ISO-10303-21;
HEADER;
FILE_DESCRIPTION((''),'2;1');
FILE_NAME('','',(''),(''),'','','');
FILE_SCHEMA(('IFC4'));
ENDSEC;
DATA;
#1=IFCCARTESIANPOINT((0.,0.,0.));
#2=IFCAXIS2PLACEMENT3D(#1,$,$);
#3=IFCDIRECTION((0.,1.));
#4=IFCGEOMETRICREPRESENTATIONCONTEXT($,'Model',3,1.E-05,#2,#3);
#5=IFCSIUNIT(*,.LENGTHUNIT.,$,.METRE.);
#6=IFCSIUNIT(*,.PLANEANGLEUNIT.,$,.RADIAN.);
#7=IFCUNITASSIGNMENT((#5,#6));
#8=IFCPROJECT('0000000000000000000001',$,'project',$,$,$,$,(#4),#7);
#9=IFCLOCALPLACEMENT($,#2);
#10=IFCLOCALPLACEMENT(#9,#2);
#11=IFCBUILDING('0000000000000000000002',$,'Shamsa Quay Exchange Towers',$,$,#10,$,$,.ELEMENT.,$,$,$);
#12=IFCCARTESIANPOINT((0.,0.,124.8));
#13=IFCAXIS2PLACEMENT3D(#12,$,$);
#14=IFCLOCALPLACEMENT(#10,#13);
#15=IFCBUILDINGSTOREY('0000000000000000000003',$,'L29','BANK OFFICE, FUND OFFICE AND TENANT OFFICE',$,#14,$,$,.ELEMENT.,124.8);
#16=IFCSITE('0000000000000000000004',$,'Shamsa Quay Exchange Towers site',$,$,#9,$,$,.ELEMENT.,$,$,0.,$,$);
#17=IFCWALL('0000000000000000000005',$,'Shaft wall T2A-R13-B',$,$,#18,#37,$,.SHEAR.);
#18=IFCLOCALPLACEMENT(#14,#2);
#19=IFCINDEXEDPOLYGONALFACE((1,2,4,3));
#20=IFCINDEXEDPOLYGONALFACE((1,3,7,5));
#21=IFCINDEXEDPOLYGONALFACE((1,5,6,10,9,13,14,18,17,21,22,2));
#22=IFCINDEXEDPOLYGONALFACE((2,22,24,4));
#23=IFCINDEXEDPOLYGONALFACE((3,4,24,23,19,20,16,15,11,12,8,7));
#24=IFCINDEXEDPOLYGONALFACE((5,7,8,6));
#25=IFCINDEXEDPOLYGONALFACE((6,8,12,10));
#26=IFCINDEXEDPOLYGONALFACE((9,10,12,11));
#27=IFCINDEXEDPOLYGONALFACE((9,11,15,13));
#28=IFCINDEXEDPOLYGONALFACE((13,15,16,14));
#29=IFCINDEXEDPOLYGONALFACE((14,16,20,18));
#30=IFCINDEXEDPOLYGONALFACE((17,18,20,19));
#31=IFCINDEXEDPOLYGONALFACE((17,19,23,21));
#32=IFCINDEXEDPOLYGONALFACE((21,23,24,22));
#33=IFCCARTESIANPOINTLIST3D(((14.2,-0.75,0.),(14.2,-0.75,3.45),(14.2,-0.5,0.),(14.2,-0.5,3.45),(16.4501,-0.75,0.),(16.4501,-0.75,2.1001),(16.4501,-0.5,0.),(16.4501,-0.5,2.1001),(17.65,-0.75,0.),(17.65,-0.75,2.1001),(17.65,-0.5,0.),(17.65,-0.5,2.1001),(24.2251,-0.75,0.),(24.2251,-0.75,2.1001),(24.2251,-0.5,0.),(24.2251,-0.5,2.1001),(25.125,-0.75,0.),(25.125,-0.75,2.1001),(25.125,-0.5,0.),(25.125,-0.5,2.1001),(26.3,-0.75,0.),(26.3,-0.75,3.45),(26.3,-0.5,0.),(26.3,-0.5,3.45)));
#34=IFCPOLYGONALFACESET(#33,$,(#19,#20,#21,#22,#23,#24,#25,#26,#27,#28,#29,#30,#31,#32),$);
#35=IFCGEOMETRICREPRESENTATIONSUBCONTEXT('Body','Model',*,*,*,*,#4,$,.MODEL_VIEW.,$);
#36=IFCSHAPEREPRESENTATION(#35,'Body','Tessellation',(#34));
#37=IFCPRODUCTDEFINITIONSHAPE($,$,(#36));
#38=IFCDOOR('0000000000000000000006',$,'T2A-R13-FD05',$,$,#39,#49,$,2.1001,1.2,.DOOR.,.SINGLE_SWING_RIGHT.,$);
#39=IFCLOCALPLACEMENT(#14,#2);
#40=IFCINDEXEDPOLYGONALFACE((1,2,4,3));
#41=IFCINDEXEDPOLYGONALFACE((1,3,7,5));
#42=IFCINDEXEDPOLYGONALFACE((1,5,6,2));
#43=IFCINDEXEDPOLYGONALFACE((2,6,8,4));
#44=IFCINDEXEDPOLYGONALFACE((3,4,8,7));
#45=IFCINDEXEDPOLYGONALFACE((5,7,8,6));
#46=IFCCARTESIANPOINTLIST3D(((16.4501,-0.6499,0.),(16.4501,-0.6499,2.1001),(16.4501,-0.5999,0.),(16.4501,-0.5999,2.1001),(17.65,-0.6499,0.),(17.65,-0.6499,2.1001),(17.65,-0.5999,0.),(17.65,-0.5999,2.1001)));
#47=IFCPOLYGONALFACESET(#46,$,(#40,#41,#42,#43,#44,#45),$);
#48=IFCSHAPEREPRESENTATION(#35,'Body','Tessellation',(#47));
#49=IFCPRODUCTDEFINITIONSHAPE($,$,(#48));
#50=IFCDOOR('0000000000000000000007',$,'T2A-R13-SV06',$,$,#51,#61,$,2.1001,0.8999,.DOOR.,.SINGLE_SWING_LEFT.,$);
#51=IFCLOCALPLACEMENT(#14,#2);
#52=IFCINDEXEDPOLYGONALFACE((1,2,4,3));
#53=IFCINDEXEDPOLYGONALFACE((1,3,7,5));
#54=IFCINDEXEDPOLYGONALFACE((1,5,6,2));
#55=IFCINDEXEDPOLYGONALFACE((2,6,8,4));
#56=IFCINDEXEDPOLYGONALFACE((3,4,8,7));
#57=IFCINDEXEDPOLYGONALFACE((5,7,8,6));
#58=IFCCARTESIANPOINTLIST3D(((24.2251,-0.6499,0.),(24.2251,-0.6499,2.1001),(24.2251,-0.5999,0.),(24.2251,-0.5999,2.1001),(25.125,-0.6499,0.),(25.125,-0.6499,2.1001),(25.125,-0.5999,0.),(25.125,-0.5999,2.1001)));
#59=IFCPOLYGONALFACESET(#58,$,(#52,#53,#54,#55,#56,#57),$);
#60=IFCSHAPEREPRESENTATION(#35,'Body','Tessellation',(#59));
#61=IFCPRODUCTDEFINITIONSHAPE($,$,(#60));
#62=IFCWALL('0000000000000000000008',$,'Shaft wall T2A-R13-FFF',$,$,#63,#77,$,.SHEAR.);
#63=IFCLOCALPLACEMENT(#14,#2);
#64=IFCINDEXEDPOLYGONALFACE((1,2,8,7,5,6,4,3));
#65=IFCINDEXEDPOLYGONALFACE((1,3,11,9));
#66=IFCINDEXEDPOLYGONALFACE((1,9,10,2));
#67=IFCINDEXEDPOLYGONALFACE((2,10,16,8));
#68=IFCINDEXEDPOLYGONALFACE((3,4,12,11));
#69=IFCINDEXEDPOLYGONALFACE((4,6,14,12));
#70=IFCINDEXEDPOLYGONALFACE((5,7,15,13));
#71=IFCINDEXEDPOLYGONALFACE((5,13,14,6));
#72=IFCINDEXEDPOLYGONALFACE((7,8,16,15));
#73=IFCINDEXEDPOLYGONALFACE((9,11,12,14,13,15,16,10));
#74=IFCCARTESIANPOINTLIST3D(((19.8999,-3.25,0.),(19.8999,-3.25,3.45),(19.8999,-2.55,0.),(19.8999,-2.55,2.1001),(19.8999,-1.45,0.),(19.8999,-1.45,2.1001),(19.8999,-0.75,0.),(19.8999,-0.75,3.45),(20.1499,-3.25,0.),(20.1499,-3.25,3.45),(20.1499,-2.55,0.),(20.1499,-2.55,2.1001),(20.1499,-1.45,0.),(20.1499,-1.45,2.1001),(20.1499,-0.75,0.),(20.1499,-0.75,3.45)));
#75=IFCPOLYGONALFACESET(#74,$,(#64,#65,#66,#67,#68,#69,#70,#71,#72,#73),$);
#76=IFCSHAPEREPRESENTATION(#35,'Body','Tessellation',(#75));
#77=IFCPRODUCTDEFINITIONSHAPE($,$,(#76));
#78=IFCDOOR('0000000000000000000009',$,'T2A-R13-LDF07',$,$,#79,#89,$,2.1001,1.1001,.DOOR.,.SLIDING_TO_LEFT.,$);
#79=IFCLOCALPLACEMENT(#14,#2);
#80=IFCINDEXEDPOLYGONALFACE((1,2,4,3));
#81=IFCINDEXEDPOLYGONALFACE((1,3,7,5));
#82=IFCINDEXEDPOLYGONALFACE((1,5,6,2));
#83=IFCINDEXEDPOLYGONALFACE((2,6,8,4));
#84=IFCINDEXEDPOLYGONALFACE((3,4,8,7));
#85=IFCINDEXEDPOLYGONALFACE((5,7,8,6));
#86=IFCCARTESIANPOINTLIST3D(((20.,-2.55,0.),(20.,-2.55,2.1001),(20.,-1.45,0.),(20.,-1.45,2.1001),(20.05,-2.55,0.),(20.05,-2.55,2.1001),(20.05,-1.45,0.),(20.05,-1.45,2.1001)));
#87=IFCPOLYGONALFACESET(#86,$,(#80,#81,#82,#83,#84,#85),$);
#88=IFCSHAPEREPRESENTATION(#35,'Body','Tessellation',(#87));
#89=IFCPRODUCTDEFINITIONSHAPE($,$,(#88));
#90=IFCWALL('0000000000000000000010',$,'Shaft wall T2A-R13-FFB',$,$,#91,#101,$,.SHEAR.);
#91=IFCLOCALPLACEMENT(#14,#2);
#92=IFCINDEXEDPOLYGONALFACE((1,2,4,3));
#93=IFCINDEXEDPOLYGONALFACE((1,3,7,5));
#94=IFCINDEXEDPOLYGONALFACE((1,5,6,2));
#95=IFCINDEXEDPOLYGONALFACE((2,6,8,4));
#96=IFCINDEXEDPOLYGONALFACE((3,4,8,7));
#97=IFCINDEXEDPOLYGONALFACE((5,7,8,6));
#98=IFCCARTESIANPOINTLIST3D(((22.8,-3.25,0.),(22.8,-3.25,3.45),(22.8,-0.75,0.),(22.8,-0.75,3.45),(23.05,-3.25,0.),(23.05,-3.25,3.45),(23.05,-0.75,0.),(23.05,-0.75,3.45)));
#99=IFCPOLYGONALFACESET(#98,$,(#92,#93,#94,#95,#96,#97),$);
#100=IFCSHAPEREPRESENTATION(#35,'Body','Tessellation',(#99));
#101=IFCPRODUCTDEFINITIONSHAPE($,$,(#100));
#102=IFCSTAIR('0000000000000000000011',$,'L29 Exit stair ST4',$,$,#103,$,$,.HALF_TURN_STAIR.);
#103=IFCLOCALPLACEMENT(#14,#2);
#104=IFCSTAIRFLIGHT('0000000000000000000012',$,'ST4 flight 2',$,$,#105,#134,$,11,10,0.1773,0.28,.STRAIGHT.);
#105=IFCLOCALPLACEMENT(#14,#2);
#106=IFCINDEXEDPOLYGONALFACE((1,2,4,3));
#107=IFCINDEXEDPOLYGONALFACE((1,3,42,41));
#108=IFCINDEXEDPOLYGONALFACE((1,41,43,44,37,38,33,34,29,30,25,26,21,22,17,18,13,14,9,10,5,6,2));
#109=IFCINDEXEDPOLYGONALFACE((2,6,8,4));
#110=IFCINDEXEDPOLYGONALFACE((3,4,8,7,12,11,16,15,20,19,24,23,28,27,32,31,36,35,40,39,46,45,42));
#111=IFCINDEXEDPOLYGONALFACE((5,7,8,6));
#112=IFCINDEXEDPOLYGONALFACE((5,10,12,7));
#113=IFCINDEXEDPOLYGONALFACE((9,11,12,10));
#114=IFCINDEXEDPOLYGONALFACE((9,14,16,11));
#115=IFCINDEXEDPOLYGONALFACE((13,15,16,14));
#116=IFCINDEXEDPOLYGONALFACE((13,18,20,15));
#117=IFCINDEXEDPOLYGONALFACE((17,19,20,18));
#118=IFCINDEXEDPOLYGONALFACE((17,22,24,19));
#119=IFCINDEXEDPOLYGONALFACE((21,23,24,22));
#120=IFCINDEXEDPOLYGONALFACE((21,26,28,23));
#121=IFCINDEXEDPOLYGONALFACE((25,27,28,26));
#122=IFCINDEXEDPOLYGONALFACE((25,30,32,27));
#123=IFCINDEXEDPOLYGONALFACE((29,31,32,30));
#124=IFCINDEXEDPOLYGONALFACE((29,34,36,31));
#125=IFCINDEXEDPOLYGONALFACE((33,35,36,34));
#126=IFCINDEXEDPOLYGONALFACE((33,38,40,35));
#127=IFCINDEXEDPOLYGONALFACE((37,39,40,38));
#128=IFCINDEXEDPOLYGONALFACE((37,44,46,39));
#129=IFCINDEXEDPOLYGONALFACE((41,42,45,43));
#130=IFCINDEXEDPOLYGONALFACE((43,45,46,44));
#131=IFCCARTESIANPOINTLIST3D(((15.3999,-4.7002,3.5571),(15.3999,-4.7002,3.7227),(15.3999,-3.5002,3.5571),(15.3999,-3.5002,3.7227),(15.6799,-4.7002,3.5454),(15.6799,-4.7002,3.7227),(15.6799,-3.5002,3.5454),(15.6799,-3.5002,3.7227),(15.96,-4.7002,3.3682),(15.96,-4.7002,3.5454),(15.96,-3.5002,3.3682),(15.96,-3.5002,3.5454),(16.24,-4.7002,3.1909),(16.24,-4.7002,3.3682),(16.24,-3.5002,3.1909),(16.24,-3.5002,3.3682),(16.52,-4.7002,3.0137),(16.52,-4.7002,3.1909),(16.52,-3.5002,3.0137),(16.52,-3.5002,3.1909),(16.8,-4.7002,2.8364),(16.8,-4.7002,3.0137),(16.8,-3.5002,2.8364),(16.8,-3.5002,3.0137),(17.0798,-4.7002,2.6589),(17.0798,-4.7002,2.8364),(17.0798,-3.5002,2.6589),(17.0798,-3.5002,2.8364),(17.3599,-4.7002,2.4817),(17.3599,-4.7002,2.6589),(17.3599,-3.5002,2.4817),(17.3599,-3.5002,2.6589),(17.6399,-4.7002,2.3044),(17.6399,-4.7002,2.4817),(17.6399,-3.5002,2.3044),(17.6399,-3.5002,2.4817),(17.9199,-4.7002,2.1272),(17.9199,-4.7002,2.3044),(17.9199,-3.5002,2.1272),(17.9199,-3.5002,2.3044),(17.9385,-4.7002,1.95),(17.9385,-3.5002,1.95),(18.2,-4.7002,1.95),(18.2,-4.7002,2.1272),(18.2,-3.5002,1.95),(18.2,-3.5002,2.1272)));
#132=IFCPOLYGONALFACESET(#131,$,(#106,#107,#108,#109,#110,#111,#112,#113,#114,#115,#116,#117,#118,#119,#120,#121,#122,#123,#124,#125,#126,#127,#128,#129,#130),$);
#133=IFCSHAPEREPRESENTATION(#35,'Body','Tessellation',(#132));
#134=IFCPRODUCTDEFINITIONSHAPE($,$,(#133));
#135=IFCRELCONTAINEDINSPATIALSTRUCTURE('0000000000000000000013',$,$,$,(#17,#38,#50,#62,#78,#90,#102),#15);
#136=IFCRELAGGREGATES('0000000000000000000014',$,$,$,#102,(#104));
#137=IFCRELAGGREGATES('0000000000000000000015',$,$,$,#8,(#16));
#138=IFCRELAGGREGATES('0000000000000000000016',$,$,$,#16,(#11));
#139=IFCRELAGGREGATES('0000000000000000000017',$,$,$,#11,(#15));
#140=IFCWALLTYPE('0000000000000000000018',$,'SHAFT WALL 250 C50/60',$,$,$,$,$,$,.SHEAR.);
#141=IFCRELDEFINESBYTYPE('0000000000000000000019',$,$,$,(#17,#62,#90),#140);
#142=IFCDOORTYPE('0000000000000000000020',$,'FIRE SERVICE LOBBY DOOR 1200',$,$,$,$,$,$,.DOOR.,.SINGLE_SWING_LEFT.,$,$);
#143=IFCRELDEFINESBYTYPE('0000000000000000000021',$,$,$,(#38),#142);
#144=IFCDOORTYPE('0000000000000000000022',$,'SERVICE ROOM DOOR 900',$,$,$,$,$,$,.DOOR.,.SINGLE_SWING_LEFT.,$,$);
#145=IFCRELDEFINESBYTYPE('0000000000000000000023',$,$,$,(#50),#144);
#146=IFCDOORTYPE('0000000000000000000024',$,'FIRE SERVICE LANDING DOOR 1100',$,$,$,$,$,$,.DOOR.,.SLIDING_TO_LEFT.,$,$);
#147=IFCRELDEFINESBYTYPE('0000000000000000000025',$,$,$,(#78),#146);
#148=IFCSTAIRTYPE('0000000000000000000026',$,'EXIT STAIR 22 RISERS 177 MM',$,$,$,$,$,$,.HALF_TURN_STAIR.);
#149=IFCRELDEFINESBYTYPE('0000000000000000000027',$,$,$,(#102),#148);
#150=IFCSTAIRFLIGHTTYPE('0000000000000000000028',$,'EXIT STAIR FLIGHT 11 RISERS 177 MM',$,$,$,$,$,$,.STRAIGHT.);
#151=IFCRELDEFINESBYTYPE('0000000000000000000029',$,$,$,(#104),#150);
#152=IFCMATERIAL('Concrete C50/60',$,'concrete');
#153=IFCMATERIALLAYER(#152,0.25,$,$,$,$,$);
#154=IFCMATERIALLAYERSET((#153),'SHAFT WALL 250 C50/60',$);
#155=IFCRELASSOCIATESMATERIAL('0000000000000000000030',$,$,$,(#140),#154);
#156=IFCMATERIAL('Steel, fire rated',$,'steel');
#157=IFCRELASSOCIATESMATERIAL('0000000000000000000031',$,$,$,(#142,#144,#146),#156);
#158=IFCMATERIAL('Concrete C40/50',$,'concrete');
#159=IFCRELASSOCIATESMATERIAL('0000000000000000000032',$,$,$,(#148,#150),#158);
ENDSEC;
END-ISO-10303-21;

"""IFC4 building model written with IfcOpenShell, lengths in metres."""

from ifc_helpers import new_model, si_unit, direction, frame, frame_2d, origin, place, context, subcontext, project, spatial, polyline, rectangle, outline, extrude, material, layer, layer_set, type_object, element, fill, aggregate, save


model = new_model("IFC4")

# Units and contexts
model_context = context("Model", 3, precision=1e-05, world=origin(), true_north=direction((0.0, 1.0)))
body_context = subcontext(model_context, "Body", "Model", "MODEL_VIEW")
ifc_project = project(units=[si_unit("LENGTHUNIT", "METRE"), si_unit("PLANEANGLEUNIT", "RADIAN")], contexts=[model_context])

# Site, building, storey
site_placement = place(None, origin())
site = spatial("IfcSite", under=ifc_project, at=site_placement, Name="Shamsa Quay Exchange Towers site", CompositionType="ELEMENT", RefElevation=0.0)
building_placement = place(site_placement, origin())
building = spatial("IfcBuilding", under=site, at=building_placement, Name="Shamsa Quay Exchange Towers", CompositionType="ELEMENT")
storey_placement = place(building_placement, frame((0.0, 0.0, 124.8)))
storey = spatial("IfcBuildingStorey", under=building, at=storey_placement, Name="L29", Description="BANK OFFICE, FUND OFFICE AND TENANT OFFICE", CompositionType="ELEMENT", Elevation=124.8)

# Shared definitions
ifc_material_1 = material(Name="Concrete C50/60", Category="concrete")
ifc_layer_1 = layer(ifc_material_1, 0.25)
ifc_layer_set_1 = layer_set([ifc_layer_1], Name="SHAFT WALL 250 C50/60")
wall_type_1 = type_object("IfcWallType", Name="SHAFT WALL 250 C50/60", PredefinedType="SHEAR", material=ifc_layer_set_1)
ifc_material_2 = material(Name="Steel, fire rated", Category="steel")

# Wall, openings, doors
wall_1_placement = place(storey_placement, frame((26.3, -0.625, 0.0), z_axis=(0.0, 0.0, 1.0), x_axis=(-1.0, 0.0, 0.0)))
wall_1 = element("IfcWall", 1, at=wall_1_placement, inside=storey, type_object=wall_type_1, Name="Shaft wall T2A-R13-B", PredefinedType="SHEAR", context=body_context, shape_type="SweptSolid", body=[
    extrude(rectangle(XDim=12.1001, YDim=0.25, at=frame_2d((6.05, 0.0))), origin(), (0.0, 0.0, 1.0), 3.45),
])
opening_1_placement = place(wall_1_placement, frame((8.6499, 0.0, 0.0)))
opening_1 = element("IfcOpeningElement", 2, at=opening_1_placement, cuts=wall_1, PredefinedType="OPENING", context=body_context, shape_type="SweptSolid", body=[
    extrude(rectangle(XDim=1.2, YDim=2.1001, at=frame_2d((0.6001, 1.05))), frame((0.0, 0.135, 0.0), z_axis=(0.0, -1.0, 0.0), x_axis=(1.0, 0.0, 0.0)), (0.0, 0.0, 1.0), 0.27),
])
opening_2_placement = place(wall_1_placement, frame((1.175, 0.0, 0.0)))
opening_2 = element("IfcOpeningElement", 3, at=opening_2_placement, cuts=wall_1, PredefinedType="OPENING", context=body_context, shape_type="SweptSolid", body=[
    extrude(rectangle(XDim=0.8999, YDim=2.1001, at=frame_2d((0.45, 1.05))), frame((0.0, 0.135, 0.0), z_axis=(0.0, -1.0, 0.0), x_axis=(1.0, 0.0, 0.0)), (0.0, 0.0, 1.0), 0.27),
])
door_type_1 = type_object("IfcDoorType", Name="FIRE SERVICE LOBBY DOOR 1200", OperationType="SINGLE_SWING_LEFT", PredefinedType="DOOR", material=ifc_material_2)
door_1_placement = place(opening_1_placement, origin())
door_1 = element("IfcDoor", 4, at=door_1_placement, inside=storey, type_object=door_type_1, Name="T2A-R13-FD05", OperationType="SINGLE_SWING_RIGHT", OverallHeight=2.1001, OverallWidth=1.2, PredefinedType="DOOR", context=body_context, shape_type="SweptSolid", body=[
    extrude(rectangle(XDim=1.2, YDim=2.1001, at=frame_2d((0.6001, 1.05))), frame((0.0, 0.0249, 0.0), z_axis=(0.0, -1.0, 0.0), x_axis=(1.0, 0.0, 0.0)), (0.0, 0.0, 1.0), 0.05),
])
fill(opening_1, door_1)
door_type_2 = type_object("IfcDoorType", Name="SERVICE ROOM DOOR 900", OperationType="SINGLE_SWING_LEFT", PredefinedType="DOOR", material=ifc_material_2)
door_2_placement = place(opening_2_placement, origin())
door_2 = element("IfcDoor", 5, at=door_2_placement, inside=storey, type_object=door_type_2, Name="T2A-R13-SV06", OperationType="SINGLE_SWING_LEFT", OverallHeight=2.1001, OverallWidth=0.8999, PredefinedType="DOOR", context=body_context, shape_type="SweptSolid", body=[
    extrude(rectangle(XDim=0.8999, YDim=2.1001, at=frame_2d((0.45, 1.05))), frame((0.0, 0.0249, 0.0), z_axis=(0.0, -1.0, 0.0), x_axis=(1.0, 0.0, 0.0)), (0.0, 0.0, 1.0), 0.05),
])
fill(opening_2, door_2)

# Wall, opening, door
wall_2_placement = place(storey_placement, frame((20.0249, -3.25, 0.0), z_axis=(0.0, 0.0, 1.0), x_axis=(0.0, 1.0, 0.0)))
wall_2 = element("IfcWall", 6, at=wall_2_placement, inside=storey, type_object=wall_type_1, Name="Shaft wall T2A-R13-FFF", PredefinedType="SHEAR", context=body_context, shape_type="SweptSolid", body=[
    extrude(rectangle(XDim=2.5, YDim=0.25, at=frame_2d((1.25, 0.0))), origin(), (0.0, 0.0, 1.0), 3.45),
])
opening_3_placement = place(wall_2_placement, frame((0.7, 0.0, 0.0)))
opening_3 = element("IfcOpeningElement", 7, at=opening_3_placement, cuts=wall_2, PredefinedType="OPENING", context=body_context, shape_type="SweptSolid", body=[
    extrude(rectangle(XDim=1.1001, YDim=2.1001, at=frame_2d((0.55, 1.05))), frame((0.0, 0.135, 0.0), z_axis=(0.0, -1.0, 0.0), x_axis=(1.0, 0.0, 0.0)), (0.0, 0.0, 1.0), 0.27),
])
door_type_3 = type_object("IfcDoorType", Name="FIRE SERVICE LANDING DOOR 1100", OperationType="SLIDING_TO_LEFT", PredefinedType="DOOR", material=ifc_material_2)
door_3_placement = place(opening_3_placement, origin())
door_3 = element("IfcDoor", 8, at=door_3_placement, inside=storey, type_object=door_type_3, Name="T2A-R13-LDF07", OperationType="SLIDING_TO_LEFT", OverallHeight=2.1001, OverallWidth=1.1001, PredefinedType="DOOR", context=body_context, shape_type="SweptSolid", body=[
    extrude(rectangle(XDim=1.1001, YDim=2.1001, at=frame_2d((0.55, 1.05))), frame((0.0, 0.0249, 0.0), z_axis=(0.0, -1.0, 0.0), x_axis=(1.0, 0.0, 0.0)), (0.0, 0.0, 1.0), 0.05),
])
fill(opening_3, door_3)

# Wall
wall_3_placement = place(storey_placement, frame((22.925, -3.25, 0.0), z_axis=(0.0, 0.0, 1.0), x_axis=(0.0, 1.0, 0.0)))
element("IfcWall", 9, at=wall_3_placement, inside=storey, type_object=wall_type_1, Name="Shaft wall T2A-R13-FFB", PredefinedType="SHEAR", context=body_context, shape_type="SweptSolid", body=[
    extrude(rectangle(XDim=2.5, YDim=0.25, at=frame_2d((1.25, 0.0))), origin(), (0.0, 0.0, 1.0), 3.45),
])

# Stair, stair flight
ifc_material_3 = material(Name="Concrete C40/50", Category="concrete")
stair_type = type_object("IfcStairType", Name="EXIT STAIR 22 RISERS 177 MM", PredefinedType="HALF_TURN_STAIR", material=ifc_material_3)
stair_placement = place(storey_placement, origin())
stair = element("IfcStair", 10, at=stair_placement, inside=storey, type_object=stair_type, Name="L29 Exit stair ST4", PredefinedType="HALF_TURN_STAIR")
stair_flight_type = type_object("IfcStairFlightType", Name="EXIT STAIR FLIGHT 11 RISERS 177 MM", PredefinedType="STRAIGHT", material=ifc_material_3)
stair_flight_placement = place(storey_placement, frame((18.2, -4.1001, 1.95), z_axis=(0.0, 0.0, 1.0), x_axis=(-1.0, 0.0, 0.0)))
stair_flight = element("IfcStairFlight", 11, at=stair_flight_placement, type_object=stair_flight_type, Name="ST4 flight 2", NumberOfRisers=11, NumberOfTreads=10, PredefinedType="STRAIGHT", RiserHeight=0.1773, TreadLength=0.28, context=body_context, shape_type="SweptSolid", body=[
    extrude(outline(polyline([(0.0, 0.0), (0.0, 0.1772), (0.28, 0.1772), (0.28, 0.3545), (0.5601, 0.3545), (0.5601, 0.5317), (0.8401, 0.5317), (0.8401, 0.709), (1.1201, 0.709), (1.1201, 0.8865), (1.3999, 0.8865), (1.3999, 1.0637), (1.6799, 1.0637), (1.6799, 1.241), (1.96, 1.241), (1.96, 1.4182), (2.24, 1.4182), (2.24, 1.5955), (2.52, 1.5955), (2.52, 1.7727), (2.8, 1.7727), (2.8, 1.95), (2.8, 1.6072), (0.2615, 0.0), (0.0, 0.0)])), frame((0.0, 0.6001, 0.0), z_axis=(0.0, -1.0, 0.0), x_axis=(1.0, 0.0, 0.0)), (0.0, 0.0, 1.0), 1.2),
])
aggregate(stair, [stair_flight])

save(model, "model.ifc")
